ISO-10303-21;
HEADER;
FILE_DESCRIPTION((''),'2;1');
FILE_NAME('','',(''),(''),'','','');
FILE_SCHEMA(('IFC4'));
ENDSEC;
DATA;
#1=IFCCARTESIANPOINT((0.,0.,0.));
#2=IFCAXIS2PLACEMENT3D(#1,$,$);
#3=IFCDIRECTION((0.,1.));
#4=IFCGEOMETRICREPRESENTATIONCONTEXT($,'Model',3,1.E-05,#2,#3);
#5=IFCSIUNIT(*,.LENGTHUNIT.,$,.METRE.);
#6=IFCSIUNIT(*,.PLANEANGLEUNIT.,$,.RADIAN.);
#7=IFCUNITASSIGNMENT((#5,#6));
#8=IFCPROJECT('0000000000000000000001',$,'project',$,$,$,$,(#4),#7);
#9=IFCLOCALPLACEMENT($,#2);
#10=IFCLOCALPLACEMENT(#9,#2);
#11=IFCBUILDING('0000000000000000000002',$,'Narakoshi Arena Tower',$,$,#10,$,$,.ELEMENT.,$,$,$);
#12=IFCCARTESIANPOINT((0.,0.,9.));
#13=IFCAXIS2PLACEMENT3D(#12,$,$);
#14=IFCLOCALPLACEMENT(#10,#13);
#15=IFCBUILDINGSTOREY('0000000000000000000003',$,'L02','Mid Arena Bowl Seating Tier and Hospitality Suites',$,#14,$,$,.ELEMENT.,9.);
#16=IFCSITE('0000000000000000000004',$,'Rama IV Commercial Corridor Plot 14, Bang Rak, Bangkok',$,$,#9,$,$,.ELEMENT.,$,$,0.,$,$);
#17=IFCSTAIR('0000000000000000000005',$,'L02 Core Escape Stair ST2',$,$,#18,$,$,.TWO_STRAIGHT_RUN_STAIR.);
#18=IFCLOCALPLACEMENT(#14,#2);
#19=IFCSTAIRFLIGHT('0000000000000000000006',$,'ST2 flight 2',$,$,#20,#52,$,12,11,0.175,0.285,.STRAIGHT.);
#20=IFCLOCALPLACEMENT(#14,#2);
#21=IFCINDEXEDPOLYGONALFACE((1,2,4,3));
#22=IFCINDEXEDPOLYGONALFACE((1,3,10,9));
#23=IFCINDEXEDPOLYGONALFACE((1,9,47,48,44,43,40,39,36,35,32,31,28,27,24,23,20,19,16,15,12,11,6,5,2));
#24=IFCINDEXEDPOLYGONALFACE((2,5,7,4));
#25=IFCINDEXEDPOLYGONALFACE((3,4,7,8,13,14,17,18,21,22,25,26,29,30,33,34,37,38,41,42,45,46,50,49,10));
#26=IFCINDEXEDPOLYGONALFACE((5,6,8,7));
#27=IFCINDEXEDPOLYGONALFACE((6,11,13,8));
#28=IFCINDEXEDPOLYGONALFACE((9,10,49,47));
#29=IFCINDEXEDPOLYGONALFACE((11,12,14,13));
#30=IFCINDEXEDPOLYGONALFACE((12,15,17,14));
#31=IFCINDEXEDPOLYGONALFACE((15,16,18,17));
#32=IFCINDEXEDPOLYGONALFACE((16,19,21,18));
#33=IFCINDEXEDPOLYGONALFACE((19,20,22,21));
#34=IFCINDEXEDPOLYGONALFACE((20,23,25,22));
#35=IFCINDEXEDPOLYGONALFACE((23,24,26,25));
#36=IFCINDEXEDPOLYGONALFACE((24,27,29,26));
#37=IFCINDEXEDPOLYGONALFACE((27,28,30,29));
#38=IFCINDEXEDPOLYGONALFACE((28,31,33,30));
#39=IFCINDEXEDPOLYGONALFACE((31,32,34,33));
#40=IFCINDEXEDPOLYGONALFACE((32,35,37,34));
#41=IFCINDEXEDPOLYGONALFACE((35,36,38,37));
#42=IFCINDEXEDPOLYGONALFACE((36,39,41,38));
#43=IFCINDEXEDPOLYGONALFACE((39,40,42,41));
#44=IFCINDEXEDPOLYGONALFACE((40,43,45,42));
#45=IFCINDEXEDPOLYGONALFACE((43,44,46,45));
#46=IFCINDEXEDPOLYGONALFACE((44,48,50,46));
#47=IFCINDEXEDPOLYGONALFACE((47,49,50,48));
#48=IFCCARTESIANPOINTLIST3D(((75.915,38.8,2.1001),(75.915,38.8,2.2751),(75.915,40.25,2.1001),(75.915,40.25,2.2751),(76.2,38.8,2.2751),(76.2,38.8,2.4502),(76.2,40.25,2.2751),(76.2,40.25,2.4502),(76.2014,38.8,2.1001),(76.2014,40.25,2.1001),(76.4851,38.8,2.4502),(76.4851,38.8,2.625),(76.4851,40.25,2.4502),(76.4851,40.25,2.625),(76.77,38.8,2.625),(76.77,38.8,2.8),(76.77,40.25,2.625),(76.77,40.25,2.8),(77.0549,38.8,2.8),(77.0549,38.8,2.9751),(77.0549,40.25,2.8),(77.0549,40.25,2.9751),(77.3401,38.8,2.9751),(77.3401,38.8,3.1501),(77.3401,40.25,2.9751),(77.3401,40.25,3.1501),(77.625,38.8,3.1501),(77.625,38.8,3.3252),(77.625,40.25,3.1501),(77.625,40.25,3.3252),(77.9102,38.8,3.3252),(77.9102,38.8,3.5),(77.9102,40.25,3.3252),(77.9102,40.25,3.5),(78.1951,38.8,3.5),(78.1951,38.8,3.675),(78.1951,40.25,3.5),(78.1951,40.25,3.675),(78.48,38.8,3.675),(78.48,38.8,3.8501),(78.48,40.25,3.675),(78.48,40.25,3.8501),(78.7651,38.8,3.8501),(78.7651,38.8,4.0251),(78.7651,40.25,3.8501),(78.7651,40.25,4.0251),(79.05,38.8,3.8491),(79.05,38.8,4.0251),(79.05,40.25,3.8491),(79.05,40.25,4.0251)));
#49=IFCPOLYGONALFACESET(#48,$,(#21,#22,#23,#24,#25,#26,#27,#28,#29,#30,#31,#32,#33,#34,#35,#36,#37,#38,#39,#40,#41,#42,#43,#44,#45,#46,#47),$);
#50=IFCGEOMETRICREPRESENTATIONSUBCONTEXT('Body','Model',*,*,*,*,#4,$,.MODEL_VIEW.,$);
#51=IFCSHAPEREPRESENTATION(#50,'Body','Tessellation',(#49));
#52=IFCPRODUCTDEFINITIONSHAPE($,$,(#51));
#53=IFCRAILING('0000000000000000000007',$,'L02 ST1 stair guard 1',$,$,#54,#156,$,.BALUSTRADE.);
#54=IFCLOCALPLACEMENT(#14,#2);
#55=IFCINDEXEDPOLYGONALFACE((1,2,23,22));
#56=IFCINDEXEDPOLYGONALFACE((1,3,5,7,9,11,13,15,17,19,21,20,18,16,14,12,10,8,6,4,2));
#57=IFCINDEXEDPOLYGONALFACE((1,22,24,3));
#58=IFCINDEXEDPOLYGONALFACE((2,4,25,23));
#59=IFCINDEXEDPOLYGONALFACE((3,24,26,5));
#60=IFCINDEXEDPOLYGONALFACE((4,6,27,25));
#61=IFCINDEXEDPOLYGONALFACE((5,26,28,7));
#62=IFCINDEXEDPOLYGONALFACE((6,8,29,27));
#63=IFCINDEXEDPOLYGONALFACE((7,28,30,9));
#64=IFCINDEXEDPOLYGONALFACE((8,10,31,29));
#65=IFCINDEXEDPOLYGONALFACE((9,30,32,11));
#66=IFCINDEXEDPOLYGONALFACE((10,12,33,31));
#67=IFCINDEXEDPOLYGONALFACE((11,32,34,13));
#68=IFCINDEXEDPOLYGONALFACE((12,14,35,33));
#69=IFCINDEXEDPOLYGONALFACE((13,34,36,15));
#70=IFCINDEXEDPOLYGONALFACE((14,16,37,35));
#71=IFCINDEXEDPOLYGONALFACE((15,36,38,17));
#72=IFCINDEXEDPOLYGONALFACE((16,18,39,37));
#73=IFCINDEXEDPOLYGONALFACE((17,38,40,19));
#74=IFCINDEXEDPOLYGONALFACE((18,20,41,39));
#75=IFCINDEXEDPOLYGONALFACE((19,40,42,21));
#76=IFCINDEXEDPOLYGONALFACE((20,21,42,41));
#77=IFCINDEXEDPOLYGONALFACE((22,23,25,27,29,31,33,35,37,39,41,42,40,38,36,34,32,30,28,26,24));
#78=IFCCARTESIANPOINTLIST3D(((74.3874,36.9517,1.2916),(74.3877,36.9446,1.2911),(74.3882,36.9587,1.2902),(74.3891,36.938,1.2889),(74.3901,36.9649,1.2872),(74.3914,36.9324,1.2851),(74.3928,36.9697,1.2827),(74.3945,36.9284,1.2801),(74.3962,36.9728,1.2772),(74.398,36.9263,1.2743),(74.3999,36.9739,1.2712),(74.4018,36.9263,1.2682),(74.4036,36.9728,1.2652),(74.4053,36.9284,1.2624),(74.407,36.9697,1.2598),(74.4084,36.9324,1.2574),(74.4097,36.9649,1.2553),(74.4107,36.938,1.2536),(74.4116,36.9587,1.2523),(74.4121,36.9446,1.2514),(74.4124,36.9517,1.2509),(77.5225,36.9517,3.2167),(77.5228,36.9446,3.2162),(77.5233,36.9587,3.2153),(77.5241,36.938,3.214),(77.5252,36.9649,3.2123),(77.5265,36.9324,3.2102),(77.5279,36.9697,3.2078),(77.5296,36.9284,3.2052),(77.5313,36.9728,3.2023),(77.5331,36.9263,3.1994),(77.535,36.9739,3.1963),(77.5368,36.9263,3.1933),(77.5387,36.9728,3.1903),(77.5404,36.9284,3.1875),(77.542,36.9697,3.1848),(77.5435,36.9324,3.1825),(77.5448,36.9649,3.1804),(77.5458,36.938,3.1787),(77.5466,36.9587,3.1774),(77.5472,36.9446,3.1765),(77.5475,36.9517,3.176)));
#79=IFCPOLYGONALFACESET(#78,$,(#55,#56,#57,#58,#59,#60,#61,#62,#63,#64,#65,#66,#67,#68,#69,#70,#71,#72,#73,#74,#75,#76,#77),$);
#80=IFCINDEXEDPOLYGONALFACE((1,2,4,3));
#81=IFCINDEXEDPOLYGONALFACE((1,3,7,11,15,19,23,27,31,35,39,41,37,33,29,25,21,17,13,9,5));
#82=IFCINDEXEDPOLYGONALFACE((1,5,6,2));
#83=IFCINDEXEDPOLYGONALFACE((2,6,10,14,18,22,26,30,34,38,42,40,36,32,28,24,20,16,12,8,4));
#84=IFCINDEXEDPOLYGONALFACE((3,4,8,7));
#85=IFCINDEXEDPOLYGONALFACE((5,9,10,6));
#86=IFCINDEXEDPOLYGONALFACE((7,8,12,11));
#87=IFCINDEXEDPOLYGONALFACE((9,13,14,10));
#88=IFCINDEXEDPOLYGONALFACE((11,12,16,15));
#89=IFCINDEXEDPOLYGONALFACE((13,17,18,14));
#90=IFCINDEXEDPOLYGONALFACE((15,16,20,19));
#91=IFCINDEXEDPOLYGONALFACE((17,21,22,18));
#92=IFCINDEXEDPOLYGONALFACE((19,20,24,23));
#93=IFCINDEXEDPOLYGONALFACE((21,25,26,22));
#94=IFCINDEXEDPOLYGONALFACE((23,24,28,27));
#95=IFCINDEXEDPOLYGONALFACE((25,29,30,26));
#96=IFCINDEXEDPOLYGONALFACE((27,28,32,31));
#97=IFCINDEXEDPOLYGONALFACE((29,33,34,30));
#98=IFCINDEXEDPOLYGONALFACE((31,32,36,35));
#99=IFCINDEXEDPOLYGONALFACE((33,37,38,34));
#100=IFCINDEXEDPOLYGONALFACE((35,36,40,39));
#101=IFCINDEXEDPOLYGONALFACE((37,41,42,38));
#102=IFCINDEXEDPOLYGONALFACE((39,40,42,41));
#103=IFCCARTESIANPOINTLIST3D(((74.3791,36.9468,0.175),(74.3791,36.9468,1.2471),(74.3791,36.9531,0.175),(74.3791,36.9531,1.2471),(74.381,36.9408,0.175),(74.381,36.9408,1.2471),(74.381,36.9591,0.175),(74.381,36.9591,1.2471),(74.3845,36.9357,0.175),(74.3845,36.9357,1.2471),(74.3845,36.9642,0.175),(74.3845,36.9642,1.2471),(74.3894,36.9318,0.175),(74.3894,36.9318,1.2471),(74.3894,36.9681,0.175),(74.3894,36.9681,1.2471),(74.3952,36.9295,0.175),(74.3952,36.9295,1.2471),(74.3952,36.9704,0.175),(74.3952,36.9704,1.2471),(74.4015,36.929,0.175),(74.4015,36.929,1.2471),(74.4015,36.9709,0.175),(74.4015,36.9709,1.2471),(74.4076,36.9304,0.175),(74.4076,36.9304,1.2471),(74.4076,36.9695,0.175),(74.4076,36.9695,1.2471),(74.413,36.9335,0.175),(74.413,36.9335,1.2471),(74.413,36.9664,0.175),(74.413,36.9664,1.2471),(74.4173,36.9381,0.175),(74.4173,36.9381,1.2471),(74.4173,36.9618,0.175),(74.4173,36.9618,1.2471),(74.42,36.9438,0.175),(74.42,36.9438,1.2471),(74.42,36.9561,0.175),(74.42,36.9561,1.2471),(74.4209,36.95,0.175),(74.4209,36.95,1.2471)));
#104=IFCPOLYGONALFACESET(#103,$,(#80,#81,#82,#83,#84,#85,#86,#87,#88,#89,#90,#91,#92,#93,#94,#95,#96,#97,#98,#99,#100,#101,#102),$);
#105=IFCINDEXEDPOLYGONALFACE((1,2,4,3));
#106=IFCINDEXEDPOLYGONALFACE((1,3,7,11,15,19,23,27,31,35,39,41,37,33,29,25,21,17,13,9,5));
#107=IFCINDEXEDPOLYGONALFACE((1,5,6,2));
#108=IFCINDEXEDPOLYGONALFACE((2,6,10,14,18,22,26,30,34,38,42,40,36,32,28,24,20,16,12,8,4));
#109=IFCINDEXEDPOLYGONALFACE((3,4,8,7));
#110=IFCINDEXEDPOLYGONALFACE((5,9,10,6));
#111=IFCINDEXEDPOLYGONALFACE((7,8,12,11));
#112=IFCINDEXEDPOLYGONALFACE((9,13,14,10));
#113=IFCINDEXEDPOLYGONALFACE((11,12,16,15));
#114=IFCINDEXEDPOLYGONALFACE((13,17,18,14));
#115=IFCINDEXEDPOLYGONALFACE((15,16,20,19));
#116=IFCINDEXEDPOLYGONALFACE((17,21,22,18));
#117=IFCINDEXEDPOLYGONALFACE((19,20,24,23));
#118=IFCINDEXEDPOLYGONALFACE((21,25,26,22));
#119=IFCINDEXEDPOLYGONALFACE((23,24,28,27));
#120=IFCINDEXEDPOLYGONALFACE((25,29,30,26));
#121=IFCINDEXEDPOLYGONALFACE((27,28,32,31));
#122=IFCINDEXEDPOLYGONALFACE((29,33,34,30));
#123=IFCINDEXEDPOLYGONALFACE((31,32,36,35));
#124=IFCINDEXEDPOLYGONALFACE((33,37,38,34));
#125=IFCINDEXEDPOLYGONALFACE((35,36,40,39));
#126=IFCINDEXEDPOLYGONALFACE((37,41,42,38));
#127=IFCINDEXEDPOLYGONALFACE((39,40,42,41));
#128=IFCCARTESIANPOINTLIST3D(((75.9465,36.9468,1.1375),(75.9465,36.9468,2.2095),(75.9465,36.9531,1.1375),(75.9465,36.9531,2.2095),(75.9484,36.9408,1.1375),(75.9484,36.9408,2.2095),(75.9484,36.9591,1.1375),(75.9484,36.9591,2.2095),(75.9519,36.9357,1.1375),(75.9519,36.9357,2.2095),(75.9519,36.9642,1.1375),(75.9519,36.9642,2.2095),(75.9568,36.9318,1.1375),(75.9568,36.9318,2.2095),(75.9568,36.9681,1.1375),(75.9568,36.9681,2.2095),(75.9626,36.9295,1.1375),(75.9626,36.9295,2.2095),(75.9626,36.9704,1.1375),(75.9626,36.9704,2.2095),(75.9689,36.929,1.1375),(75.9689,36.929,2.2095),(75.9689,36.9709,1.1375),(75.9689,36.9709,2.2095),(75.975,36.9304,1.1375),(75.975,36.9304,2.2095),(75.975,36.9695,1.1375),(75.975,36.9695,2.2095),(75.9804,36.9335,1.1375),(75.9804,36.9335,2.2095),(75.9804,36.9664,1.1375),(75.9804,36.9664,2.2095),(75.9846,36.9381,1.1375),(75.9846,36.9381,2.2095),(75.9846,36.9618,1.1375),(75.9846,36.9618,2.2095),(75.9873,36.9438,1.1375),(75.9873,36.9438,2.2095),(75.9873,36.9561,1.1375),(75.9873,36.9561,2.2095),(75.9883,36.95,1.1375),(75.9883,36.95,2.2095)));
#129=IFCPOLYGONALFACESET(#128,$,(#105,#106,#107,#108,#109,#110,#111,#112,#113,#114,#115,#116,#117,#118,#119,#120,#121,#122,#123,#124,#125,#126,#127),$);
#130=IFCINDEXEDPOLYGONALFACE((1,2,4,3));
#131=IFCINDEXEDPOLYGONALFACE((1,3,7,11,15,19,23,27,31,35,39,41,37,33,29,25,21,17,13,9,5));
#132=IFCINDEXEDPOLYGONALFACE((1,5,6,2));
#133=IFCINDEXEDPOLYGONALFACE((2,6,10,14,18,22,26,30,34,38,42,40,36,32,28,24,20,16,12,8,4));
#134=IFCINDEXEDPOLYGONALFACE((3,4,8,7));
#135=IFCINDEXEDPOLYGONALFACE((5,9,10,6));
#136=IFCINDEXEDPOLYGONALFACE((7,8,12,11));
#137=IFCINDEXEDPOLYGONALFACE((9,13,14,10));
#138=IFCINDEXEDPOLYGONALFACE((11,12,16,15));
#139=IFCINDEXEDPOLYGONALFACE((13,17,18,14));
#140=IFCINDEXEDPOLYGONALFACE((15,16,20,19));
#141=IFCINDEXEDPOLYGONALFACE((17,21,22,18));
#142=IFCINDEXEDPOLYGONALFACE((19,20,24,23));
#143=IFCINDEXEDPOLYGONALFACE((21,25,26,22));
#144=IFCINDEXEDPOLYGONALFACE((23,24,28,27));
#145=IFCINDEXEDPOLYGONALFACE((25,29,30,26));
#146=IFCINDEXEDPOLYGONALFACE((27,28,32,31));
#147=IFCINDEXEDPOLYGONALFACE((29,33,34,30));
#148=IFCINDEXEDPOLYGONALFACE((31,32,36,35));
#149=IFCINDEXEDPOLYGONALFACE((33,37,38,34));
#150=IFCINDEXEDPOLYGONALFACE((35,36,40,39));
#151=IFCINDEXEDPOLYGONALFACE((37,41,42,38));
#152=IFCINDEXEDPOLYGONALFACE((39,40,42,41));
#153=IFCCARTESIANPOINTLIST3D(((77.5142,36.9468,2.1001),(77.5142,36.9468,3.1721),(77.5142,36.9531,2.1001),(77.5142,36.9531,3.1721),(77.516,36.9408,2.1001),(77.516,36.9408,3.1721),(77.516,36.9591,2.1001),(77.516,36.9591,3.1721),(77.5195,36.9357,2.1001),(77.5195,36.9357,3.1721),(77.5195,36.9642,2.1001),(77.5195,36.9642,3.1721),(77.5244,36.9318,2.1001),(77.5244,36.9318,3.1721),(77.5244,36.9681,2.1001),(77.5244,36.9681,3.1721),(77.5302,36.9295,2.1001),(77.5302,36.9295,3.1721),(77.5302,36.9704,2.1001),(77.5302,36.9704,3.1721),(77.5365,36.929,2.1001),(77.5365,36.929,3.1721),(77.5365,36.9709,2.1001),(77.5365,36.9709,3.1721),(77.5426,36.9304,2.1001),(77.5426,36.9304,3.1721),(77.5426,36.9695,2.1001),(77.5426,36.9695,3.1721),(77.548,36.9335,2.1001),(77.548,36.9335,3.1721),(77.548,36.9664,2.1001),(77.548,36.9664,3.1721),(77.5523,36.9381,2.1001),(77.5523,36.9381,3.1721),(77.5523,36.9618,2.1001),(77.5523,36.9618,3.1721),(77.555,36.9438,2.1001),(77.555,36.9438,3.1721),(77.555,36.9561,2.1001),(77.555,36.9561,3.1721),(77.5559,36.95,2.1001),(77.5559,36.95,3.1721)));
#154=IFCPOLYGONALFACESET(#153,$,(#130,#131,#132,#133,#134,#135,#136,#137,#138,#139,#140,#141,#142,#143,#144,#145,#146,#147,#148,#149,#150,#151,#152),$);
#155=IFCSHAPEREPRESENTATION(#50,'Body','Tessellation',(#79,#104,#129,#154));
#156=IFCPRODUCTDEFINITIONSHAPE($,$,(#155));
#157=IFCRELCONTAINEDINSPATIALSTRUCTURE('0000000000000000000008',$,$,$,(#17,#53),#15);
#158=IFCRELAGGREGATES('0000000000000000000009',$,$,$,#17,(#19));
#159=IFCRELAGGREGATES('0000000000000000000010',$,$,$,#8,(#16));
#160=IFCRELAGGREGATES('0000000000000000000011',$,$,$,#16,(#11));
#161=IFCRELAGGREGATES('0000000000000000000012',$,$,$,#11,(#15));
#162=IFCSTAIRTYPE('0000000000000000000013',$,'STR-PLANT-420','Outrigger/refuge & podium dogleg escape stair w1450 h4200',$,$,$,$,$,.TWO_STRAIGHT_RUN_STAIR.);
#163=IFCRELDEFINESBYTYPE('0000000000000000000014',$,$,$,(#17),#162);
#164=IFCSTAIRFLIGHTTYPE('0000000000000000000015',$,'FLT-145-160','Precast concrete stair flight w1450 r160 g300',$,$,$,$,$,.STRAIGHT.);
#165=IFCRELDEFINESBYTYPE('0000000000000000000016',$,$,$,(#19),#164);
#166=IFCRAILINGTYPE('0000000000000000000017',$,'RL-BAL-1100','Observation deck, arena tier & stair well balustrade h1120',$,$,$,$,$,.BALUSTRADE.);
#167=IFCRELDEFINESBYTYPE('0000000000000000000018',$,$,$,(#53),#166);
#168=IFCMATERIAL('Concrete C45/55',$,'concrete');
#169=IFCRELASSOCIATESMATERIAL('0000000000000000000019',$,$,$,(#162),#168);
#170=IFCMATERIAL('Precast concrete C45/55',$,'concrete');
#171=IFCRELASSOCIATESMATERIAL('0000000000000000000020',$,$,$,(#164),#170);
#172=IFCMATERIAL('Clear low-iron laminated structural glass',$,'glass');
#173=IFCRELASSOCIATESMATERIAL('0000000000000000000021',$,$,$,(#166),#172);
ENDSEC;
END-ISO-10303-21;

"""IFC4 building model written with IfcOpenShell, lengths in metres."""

from ifc_helpers import new_model, si_unit, direction, frame, origin, origin_2d, place, context, subcontext, project, spatial, polyline, circle, outline, extrude, material, type_object, element, aggregate, save


model = new_model("IFC4")

# Units and contexts
model_context = context("Model", 3, precision=1e-05, world=origin(), true_north=direction((0.0, 1.0)))
body_context = subcontext(model_context, "Body", "Model", "MODEL_VIEW")
ifc_project = project(units=[si_unit("LENGTHUNIT", "METRE"), si_unit("PLANEANGLEUNIT", "RADIAN")], contexts=[model_context])

# Site, building, storey
site_placement = place(None, origin())
site = spatial("IfcSite", under=ifc_project, at=site_placement, Name="Rama IV Commercial Corridor Plot 14, Bang Rak, Bangkok", CompositionType="ELEMENT", RefElevation=0.0)
building_placement = place(site_placement, origin())
building = spatial("IfcBuilding", under=site, at=building_placement, Name="Narakoshi Arena Tower", CompositionType="ELEMENT")
storey_placement = place(building_placement, frame((0.0, 0.0, 9.0)))
storey = spatial("IfcBuildingStorey", under=building, at=storey_placement, Name="L02", Description="Mid Arena Bowl Seating Tier and Hospitality Suites", CompositionType="ELEMENT", Elevation=9.0)

# Shared definitions
ifc_material_1 = material(Name="Concrete C45/55", Category="concrete")
stair_type = type_object("IfcStairType", Name="STR-PLANT-420", Description="Outrigger/refuge & podium dogleg escape stair w1450 h4200", PredefinedType="TWO_STRAIGHT_RUN_STAIR", material=ifc_material_1)
ifc_material_2 = material(Name="Precast concrete C45/55", Category="concrete")
stair_flight_type = type_object("IfcStairFlightType", Name="FLT-145-160", Description="Precast concrete stair flight w1450 r160 g300", PredefinedType="STRAIGHT", material=ifc_material_2)

# Stair, stair flight
stair_1_placement = place(storey_placement, origin())
stair_1 = element("IfcStair", 1, at=stair_1_placement, inside=storey, type_object=stair_type, Name="L02 Core Escape Stair ST2", PredefinedType="TWO_STRAIGHT_RUN_STAIR")
stair_flight_1_placement = place(storey_placement, frame((75.915, 39.5249, 2.1001), z_axis=(0.0, 0.0, 1.0), x_axis=(1.0, 0.0, 0.0)))
stair_flight_1 = element("IfcStairFlight", 2, at=stair_flight_1_placement, type_object=stair_flight_type, Name="ST2 flight 2", NumberOfRisers=12, NumberOfTreads=11, PredefinedType="STRAIGHT", RiserHeight=0.175, TreadLength=0.285, context=body_context, shape_type="SweptSolid", body=[
    extrude(outline(polyline([(0.0, 0.0), (0.0, 0.175), (0.2849, 0.175), (0.2849, 0.3501), (0.5701, 0.3501), (0.5701, 0.5249), (0.855, 0.5249), (0.855, 0.7), (1.1399, 0.7), (1.1399, 0.875), (1.425, 0.875), (1.425, 1.05), (1.71, 1.05), (1.71, 1.2251), (1.9951, 1.2251), (1.9951, 1.3999), (2.28, 1.3999), (2.28, 1.575), (2.5649, 1.575), (2.5649, 1.75), (2.8501, 1.75), (2.8501, 1.925), (3.135, 1.925), (3.135, 2.1001), (3.135, 1.749), (0.2864, 0.0), (0.0, 0.0)])), frame((0.0, 0.7251, 0.0), z_axis=(0.0, -1.0, 0.0), x_axis=(1.0, 0.0, 0.0)), (0.0, 0.0, 1.0), 1.45),
])
aggregate(stair_1, [stair_flight_1])

# Railing
ifc_material_3 = material(Name="Clear low-iron laminated structural glass", Category="glass")
railing_type_1 = type_object("IfcRailingType", Name="RL-BAL-1100", Description="Observation deck, arena tier & stair well balustrade h1120", PredefinedType="BALUSTRADE", material=ifc_material_3)
railing_1_placement = place(storey_placement, frame((74.3999, 36.95, 0.175)))
element("IfcRailing", 3, at=railing_1_placement, inside=storey, type_object=railing_type_1, Name="L02 ST1 stair guard 1", PredefinedType="BALUSTRADE", context=body_context, shape_type="SweptSolid", body=[
    extrude(circle(Radius=0.0239, at=origin_2d()), frame((0.0, 0.0, 1.0962), z_axis=(0.852166, 0.0, 0.523271), x_axis=(0.0, 1.0, 0.0)), (0.0, 0.0, 1.0), 3.679),
    extrude(circle(Radius=0.021, at=origin_2d()), origin(), (0.0, 0.0, 1.0), 1.072),
    extrude(circle(Radius=0.021, at=origin_2d()), frame((1.5674, 0.0, 0.9624)), (0.0, 0.0, 1.0), 1.072),
    extrude(circle(Radius=0.021, at=origin_2d()), frame((3.135, 0.0, 1.925)), (0.0, 0.0, 1.0), 1.072),
])

save(model, "model.ifc")
